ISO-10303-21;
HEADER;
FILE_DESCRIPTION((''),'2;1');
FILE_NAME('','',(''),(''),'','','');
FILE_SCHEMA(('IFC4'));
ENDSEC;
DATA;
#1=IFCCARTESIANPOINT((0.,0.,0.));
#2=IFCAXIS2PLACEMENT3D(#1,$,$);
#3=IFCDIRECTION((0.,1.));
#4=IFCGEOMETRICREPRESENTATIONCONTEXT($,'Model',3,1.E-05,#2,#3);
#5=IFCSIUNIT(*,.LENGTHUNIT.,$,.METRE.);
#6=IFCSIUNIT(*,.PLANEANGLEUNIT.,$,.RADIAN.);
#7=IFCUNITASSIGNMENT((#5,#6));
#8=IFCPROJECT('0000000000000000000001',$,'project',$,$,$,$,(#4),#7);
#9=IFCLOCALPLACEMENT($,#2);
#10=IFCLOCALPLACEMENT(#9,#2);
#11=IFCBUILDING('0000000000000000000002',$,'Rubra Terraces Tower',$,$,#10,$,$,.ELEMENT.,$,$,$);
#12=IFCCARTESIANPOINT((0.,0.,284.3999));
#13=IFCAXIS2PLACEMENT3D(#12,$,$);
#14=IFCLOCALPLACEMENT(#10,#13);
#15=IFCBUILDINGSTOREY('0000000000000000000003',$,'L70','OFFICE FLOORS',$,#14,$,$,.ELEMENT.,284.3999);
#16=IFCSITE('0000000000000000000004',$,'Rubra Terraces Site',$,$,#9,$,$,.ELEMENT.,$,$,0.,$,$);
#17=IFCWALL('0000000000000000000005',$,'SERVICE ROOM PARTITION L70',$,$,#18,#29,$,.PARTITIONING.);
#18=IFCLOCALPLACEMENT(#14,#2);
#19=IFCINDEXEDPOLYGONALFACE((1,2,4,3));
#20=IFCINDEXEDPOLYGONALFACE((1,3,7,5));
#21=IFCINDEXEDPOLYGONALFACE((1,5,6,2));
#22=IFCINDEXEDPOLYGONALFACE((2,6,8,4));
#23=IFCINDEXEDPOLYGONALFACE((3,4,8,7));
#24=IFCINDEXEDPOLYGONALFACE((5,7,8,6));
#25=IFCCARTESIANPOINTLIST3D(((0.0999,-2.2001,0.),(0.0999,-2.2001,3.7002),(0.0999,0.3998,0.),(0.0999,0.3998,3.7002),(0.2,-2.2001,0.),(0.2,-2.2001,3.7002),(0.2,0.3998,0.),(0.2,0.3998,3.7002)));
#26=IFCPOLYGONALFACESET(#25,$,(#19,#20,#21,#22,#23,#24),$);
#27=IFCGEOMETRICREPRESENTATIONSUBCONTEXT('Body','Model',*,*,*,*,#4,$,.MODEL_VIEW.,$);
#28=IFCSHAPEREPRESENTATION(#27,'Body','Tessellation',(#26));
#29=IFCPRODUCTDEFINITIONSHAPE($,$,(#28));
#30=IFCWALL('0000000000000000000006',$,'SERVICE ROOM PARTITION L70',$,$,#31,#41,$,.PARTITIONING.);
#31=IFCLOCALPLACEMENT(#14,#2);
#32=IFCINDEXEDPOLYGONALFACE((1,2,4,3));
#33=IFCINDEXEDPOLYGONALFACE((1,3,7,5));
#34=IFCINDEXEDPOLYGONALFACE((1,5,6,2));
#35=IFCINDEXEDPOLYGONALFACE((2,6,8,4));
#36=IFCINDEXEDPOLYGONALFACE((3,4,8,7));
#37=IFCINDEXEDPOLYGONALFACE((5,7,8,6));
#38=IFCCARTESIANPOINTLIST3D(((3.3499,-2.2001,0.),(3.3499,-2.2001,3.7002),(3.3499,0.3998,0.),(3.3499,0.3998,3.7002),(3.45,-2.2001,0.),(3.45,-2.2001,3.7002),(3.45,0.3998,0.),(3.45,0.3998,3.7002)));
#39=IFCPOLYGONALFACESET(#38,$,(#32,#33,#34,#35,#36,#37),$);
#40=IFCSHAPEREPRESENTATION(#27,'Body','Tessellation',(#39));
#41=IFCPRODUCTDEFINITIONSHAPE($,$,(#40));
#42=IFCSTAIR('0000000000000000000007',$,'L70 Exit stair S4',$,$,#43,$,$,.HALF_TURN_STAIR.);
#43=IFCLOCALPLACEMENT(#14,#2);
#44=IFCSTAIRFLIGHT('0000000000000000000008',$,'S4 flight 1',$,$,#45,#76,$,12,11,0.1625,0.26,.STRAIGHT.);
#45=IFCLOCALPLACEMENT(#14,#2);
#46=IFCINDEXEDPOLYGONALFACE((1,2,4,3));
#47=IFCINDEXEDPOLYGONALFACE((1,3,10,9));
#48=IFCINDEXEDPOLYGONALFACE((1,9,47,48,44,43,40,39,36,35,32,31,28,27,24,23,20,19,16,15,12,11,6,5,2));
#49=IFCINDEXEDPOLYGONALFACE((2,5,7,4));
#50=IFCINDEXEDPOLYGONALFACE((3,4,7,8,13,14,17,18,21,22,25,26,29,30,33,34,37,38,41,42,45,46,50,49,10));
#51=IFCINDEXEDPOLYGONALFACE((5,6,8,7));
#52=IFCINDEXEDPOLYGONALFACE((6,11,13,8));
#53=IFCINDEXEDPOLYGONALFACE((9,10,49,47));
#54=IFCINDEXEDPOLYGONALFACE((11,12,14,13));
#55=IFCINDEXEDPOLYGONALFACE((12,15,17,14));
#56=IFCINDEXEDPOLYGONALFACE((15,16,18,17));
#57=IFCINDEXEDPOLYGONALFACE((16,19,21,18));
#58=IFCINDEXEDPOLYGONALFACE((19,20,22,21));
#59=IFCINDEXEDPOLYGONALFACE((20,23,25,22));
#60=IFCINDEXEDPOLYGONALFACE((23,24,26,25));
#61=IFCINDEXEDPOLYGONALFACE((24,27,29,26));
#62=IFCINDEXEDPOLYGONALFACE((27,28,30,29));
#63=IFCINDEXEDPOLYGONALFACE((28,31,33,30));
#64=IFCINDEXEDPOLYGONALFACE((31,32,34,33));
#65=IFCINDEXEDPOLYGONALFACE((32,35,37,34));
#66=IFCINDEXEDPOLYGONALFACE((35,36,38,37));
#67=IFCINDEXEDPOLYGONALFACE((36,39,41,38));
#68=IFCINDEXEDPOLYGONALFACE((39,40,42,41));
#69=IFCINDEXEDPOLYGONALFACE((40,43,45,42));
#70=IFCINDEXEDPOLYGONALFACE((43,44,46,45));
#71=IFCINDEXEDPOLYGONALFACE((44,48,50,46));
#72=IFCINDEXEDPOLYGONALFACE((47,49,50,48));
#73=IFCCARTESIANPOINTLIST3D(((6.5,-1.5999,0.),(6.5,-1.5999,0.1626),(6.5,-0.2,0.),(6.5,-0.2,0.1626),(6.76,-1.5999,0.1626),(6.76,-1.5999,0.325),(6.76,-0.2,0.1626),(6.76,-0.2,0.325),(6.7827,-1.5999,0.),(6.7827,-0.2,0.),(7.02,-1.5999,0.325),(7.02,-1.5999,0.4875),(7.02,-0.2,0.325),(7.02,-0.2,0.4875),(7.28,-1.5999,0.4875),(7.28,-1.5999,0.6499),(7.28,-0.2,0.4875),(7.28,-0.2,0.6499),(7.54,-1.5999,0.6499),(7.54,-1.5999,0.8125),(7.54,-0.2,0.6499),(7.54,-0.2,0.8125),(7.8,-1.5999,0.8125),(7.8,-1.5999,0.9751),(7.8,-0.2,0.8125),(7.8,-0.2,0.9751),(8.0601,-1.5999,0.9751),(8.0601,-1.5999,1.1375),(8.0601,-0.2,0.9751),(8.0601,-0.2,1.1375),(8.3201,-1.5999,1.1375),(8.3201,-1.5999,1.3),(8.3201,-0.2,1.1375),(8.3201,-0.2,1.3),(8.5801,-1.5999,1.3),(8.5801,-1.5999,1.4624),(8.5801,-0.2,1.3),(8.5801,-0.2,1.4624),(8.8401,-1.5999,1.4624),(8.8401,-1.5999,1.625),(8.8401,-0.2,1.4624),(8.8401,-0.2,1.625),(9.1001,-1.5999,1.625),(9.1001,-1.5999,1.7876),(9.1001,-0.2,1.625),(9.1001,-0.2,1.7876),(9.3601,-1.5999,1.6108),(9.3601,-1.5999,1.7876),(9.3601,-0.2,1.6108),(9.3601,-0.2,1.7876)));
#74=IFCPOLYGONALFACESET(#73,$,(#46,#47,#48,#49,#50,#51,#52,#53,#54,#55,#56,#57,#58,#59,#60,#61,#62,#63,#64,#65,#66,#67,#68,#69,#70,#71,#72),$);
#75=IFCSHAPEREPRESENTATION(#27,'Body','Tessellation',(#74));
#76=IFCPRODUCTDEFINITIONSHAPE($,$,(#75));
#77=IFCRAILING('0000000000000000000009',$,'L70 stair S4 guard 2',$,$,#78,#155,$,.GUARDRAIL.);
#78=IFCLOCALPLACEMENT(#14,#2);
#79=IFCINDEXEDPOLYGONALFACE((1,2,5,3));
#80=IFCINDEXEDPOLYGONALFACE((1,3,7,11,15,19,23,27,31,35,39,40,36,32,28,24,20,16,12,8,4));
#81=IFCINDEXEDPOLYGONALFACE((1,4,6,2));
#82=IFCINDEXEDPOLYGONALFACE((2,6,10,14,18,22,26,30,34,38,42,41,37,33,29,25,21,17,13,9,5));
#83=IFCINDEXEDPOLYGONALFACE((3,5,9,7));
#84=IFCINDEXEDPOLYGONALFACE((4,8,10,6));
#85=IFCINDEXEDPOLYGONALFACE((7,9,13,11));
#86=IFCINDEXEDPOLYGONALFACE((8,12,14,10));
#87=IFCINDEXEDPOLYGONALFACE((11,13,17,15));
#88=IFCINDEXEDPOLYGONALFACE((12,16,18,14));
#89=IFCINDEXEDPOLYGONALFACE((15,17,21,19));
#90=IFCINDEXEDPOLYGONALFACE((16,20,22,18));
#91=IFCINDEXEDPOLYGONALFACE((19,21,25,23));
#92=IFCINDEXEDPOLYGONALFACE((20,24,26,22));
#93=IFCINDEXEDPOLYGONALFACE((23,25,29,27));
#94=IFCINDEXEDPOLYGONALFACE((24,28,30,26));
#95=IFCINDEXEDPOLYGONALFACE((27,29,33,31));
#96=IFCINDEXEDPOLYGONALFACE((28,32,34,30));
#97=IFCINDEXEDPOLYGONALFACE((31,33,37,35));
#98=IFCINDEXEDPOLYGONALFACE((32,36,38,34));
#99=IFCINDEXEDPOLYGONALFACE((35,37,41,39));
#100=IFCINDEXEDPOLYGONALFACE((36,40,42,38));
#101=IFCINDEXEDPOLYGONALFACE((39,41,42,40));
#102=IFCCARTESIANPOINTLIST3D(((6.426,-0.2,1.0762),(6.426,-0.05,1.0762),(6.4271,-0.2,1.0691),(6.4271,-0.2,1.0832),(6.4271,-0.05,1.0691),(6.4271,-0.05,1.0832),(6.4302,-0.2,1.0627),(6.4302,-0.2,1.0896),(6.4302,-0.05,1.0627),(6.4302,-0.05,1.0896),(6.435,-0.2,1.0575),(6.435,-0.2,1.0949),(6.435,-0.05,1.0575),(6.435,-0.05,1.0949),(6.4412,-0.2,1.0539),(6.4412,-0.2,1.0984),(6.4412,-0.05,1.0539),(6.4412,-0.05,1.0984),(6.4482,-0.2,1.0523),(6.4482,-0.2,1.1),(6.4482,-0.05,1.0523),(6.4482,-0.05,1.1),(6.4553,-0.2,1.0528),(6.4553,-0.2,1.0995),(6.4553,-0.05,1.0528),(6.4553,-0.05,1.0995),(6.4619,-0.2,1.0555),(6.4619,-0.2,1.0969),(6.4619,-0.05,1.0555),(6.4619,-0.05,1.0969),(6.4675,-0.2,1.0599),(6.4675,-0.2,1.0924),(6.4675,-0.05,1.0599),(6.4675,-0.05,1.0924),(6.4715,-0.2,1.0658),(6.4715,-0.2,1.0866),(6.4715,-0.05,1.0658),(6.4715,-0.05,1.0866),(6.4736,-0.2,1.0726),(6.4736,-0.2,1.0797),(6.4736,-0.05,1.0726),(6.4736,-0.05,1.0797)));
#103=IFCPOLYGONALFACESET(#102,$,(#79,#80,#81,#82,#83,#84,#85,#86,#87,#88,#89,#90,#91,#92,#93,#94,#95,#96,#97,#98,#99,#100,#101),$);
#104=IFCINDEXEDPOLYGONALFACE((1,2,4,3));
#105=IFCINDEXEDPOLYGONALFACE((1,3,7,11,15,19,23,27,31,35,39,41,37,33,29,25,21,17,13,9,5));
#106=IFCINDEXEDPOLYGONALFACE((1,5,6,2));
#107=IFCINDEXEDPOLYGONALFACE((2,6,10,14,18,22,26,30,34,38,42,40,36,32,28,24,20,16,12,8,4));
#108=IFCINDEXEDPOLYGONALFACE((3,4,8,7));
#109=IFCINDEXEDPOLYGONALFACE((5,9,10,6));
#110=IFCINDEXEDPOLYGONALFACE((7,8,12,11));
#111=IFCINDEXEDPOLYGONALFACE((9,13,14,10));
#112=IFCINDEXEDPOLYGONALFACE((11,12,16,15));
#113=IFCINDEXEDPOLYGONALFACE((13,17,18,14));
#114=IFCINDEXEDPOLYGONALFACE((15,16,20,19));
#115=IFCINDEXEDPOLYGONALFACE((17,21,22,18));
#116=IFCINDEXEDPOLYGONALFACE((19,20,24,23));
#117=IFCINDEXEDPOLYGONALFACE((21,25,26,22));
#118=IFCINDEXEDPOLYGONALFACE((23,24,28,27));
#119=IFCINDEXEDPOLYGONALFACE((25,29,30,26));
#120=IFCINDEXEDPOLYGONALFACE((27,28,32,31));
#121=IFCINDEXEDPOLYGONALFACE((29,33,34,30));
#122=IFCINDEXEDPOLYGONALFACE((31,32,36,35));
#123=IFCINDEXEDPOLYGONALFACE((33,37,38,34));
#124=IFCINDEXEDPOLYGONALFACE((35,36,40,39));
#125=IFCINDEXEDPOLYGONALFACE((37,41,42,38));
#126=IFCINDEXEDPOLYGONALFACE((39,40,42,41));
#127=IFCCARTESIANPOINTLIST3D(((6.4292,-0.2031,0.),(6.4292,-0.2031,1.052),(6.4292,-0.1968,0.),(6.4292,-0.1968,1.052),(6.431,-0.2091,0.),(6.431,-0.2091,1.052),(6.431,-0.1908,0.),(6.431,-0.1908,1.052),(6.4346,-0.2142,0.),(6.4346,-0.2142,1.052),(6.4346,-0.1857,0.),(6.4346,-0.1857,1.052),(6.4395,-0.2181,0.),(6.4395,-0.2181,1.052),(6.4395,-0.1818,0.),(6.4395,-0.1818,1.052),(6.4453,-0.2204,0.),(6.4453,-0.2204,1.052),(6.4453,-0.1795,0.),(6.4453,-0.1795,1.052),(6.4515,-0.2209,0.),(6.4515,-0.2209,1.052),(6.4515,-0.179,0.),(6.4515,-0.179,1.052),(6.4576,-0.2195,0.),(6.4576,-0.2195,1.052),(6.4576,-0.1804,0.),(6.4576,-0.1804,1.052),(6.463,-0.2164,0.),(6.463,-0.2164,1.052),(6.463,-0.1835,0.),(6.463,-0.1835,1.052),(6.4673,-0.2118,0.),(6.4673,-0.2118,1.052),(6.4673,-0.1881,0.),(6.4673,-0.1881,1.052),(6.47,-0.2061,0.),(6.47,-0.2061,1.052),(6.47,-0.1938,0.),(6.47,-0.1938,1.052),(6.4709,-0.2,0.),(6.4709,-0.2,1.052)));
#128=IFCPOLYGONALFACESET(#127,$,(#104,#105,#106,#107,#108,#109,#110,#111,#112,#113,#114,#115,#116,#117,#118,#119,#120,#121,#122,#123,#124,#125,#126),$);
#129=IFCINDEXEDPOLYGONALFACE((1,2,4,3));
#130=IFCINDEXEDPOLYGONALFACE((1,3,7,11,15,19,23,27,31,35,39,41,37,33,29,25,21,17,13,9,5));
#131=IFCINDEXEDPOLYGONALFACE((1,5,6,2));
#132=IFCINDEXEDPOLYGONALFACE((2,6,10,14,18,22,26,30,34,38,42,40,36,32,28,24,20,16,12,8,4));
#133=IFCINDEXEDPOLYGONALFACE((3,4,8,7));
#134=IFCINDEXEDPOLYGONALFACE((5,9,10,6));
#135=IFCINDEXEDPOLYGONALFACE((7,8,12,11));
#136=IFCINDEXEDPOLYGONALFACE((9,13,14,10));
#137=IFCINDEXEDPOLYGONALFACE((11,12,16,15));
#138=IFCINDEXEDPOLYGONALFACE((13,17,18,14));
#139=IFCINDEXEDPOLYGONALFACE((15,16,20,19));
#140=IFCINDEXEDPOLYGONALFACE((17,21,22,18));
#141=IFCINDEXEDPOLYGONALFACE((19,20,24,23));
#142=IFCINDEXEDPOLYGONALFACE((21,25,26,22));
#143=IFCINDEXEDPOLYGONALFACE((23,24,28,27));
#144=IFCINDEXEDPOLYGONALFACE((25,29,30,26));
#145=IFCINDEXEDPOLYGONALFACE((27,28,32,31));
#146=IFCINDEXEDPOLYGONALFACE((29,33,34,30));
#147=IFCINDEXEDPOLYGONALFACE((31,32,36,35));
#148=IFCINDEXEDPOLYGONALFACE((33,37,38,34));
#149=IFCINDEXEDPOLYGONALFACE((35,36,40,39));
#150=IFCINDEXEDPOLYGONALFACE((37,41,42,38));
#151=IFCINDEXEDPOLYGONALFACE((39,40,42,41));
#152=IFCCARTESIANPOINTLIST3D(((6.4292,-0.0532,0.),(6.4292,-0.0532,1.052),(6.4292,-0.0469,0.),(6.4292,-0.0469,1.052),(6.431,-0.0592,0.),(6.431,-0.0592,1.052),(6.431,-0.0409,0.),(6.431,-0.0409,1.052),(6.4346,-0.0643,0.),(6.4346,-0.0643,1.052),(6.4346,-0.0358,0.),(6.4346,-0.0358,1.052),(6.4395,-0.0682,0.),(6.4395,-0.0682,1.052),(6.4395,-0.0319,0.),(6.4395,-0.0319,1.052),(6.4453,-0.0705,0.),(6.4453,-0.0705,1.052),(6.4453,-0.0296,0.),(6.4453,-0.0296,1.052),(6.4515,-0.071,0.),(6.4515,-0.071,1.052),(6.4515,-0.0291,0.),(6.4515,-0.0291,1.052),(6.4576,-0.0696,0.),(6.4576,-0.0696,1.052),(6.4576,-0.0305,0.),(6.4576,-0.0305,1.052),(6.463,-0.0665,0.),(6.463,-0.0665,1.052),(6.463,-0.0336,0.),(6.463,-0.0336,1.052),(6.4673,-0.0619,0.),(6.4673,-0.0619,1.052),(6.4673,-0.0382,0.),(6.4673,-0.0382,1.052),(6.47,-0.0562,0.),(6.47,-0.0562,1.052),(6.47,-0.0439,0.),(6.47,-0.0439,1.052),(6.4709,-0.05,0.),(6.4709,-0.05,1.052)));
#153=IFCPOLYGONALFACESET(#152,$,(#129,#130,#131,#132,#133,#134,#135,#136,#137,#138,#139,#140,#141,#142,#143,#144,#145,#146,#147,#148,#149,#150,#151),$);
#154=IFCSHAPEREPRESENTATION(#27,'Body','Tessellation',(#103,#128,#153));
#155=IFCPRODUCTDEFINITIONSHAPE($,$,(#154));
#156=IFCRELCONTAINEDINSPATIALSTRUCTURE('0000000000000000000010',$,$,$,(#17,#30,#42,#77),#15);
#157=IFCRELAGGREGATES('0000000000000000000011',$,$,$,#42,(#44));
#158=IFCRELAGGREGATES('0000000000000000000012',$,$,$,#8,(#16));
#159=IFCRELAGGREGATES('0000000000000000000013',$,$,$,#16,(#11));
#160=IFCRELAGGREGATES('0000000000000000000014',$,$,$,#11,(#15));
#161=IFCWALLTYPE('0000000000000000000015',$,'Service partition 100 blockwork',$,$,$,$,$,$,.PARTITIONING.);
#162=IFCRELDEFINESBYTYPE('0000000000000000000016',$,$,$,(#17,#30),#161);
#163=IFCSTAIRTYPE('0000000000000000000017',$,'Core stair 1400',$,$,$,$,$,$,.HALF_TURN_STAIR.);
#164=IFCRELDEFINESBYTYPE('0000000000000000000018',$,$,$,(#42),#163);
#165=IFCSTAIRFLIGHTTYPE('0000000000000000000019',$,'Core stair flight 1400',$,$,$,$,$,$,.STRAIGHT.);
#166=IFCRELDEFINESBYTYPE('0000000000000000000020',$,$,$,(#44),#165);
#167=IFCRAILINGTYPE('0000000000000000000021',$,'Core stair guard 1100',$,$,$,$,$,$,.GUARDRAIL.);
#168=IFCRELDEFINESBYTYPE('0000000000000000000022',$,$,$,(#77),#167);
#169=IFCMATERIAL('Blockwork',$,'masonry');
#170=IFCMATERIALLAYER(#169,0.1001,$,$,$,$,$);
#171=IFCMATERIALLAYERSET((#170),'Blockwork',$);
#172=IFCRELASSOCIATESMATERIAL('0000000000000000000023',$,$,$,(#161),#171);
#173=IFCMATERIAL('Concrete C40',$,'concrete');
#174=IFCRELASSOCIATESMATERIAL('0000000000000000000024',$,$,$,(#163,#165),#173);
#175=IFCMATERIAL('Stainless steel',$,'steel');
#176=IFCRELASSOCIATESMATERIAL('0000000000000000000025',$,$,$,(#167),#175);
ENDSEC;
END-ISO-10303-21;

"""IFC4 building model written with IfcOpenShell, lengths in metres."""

from ifc_helpers import new_model, si_unit, direction, frame, frame_2d, origin, origin_2d, place, context, subcontext, project, spatial, polyline, rectangle, circle, outline, extrude, material, layer, layer_set, type_object, element, aggregate, save


model = new_model("IFC4")

# Units and contexts
model_context = context("Model", 3, precision=1e-05, world=origin(), true_north=direction((0.0, 1.0)))
body_context = subcontext(model_context, "Body", "Model", "MODEL_VIEW")
ifc_project = project(units=[si_unit("LENGTHUNIT", "METRE"), si_unit("PLANEANGLEUNIT", "RADIAN")], contexts=[model_context])

# Site, building, storey
site_placement = place(None, origin())
site = spatial("IfcSite", under=ifc_project, at=site_placement, Name="Rubra Terraces Site", CompositionType="ELEMENT", RefElevation=0.0)
building_placement = place(site_placement, origin())
building = spatial("IfcBuilding", under=site, at=building_placement, Name="Rubra Terraces Tower", CompositionType="ELEMENT")
storey_placement = place(building_placement, frame((0.0, 0.0, 284.3999)))
storey = spatial("IfcBuildingStorey", under=building, at=storey_placement, Name="L70", Description="OFFICE FLOORS", CompositionType="ELEMENT", Elevation=284.3999)

# Walls
ifc_material_1 = material(Name="Concrete C40", Category="concrete")
ifc_material_2 = material(Name="Blockwork", Category="masonry")
ifc_layer_1 = layer(ifc_material_2, 0.1001)
ifc_layer_set_1 = layer_set([ifc_layer_1], Name="Blockwork")
wall_type_1 = type_object("IfcWallType", Name="Service partition 100 blockwork", PredefinedType="PARTITIONING", material=ifc_layer_set_1)
for number, where, z_axis, x_axis, name in (
    (1, (0.1499, -2.2, 0.0), (0.0, 0.0, 1.0), (0.0, 1.0, 0.0), "SERVICE ROOM PARTITION L70"),
    (2, (3.3999, -2.2, 0.0), (0.0, 0.0, 1.0), (0.0, 1.0, 0.0), "SERVICE ROOM PARTITION L70"),
):
    element("IfcWall", number, at=place(storey_placement, frame(where, z_axis=z_axis, x_axis=x_axis)), inside=storey, type_object=wall_type_1, Name=name, PredefinedType="PARTITIONING", context=body_context, shape_type="SweptSolid", body=[
        extrude(rectangle(XDim=2.5999, YDim=0.1001, at=frame_2d((1.2998, 0.0))), origin(), (0.0, 0.0, 1.0), 3.7002),
    ])

# Stair, stair flight
stair_type = type_object("IfcStairType", Name="Core stair 1400", PredefinedType="HALF_TURN_STAIR", material=ifc_material_1)
stair_placement = place(storey_placement, origin())
stair = element("IfcStair", 3, at=stair_placement, inside=storey, type_object=stair_type, Name="L70 Exit stair S4", PredefinedType="HALF_TURN_STAIR")
stair_flight_type = type_object("IfcStairFlightType", Name="Core stair flight 1400", PredefinedType="STRAIGHT", material=ifc_material_1)
stair_flight_placement = place(storey_placement, frame((6.5, -0.8999, 0.0), z_axis=(0.0, 0.0, 1.0), x_axis=(1.0, 0.0, 0.0)))
stair_flight = element("IfcStairFlight", 4, at=stair_flight_placement, type_object=stair_flight_type, Name="S4 flight 1", NumberOfRisers=12, NumberOfTreads=11, PredefinedType="STRAIGHT", RiserHeight=0.1625, TreadLength=0.26, context=body_context, shape_type="SweptSolid", body=[
    extrude(outline(polyline([(0.0, 0.0), (0.0, 0.1626), (0.26, 0.1626), (0.26, 0.325), (0.52, 0.325), (0.52, 0.4875), (0.78, 0.4875), (0.78, 0.6499), (1.04, 0.6499), (1.04, 0.8125), (1.3, 0.8125), (1.3, 0.9751), (1.5601, 0.9751), (1.5601, 1.1375), (1.8201, 1.1375), (1.8201, 1.3), (2.0801, 1.3), (2.0801, 1.4624), (2.3401, 1.4624), (2.3401, 1.625), (2.6001, 1.625), (2.6001, 1.7876), (2.8601, 1.7876), (2.8601, 1.95), (2.8601, 1.6108), (0.2827, 0.0), (0.0, 0.0)])), frame((0.0, 0.7, 0.0), z_axis=(0.0, -1.0, 0.0), x_axis=(1.0, 0.0, 0.0)), (0.0, 0.0, 1.0), 1.3999),
])
aggregate(stair, [stair_flight])

# Railing
ifc_material_3 = material(Name="Stainless steel", Category="steel")
railing_type_1 = type_object("IfcRailingType", Name="Core stair guard 1100", PredefinedType="GUARDRAIL", material=ifc_material_3)
railing_1_placement = place(storey_placement, frame((6.45, -0.2, 0.0)))
element("IfcRailing", 5, at=railing_1_placement, inside=storey, type_object=railing_type_1, Name="L70 stair S4 guard 2", PredefinedType="GUARDRAIL", context=body_context, shape_type="SweptSolid", body=[
    extrude(circle(Radius=0.0239, at=origin_2d()), frame((0.0, 0.0, 1.0762), z_axis=(0.0, 1.0, 0.0), x_axis=(-1.0, 0.0, 0.0)), (0.0, 0.0, 1.0), 0.1499),
    extrude(circle(Radius=0.021, at=origin_2d()), origin(), (0.0, 0.0, 1.0), 1.052),
    extrude(circle(Radius=0.021, at=origin_2d()), frame((0.0, 0.1499, 0.0)), (0.0, 0.0, 1.0), 1.052),
])

save(model, "model.ifc")
